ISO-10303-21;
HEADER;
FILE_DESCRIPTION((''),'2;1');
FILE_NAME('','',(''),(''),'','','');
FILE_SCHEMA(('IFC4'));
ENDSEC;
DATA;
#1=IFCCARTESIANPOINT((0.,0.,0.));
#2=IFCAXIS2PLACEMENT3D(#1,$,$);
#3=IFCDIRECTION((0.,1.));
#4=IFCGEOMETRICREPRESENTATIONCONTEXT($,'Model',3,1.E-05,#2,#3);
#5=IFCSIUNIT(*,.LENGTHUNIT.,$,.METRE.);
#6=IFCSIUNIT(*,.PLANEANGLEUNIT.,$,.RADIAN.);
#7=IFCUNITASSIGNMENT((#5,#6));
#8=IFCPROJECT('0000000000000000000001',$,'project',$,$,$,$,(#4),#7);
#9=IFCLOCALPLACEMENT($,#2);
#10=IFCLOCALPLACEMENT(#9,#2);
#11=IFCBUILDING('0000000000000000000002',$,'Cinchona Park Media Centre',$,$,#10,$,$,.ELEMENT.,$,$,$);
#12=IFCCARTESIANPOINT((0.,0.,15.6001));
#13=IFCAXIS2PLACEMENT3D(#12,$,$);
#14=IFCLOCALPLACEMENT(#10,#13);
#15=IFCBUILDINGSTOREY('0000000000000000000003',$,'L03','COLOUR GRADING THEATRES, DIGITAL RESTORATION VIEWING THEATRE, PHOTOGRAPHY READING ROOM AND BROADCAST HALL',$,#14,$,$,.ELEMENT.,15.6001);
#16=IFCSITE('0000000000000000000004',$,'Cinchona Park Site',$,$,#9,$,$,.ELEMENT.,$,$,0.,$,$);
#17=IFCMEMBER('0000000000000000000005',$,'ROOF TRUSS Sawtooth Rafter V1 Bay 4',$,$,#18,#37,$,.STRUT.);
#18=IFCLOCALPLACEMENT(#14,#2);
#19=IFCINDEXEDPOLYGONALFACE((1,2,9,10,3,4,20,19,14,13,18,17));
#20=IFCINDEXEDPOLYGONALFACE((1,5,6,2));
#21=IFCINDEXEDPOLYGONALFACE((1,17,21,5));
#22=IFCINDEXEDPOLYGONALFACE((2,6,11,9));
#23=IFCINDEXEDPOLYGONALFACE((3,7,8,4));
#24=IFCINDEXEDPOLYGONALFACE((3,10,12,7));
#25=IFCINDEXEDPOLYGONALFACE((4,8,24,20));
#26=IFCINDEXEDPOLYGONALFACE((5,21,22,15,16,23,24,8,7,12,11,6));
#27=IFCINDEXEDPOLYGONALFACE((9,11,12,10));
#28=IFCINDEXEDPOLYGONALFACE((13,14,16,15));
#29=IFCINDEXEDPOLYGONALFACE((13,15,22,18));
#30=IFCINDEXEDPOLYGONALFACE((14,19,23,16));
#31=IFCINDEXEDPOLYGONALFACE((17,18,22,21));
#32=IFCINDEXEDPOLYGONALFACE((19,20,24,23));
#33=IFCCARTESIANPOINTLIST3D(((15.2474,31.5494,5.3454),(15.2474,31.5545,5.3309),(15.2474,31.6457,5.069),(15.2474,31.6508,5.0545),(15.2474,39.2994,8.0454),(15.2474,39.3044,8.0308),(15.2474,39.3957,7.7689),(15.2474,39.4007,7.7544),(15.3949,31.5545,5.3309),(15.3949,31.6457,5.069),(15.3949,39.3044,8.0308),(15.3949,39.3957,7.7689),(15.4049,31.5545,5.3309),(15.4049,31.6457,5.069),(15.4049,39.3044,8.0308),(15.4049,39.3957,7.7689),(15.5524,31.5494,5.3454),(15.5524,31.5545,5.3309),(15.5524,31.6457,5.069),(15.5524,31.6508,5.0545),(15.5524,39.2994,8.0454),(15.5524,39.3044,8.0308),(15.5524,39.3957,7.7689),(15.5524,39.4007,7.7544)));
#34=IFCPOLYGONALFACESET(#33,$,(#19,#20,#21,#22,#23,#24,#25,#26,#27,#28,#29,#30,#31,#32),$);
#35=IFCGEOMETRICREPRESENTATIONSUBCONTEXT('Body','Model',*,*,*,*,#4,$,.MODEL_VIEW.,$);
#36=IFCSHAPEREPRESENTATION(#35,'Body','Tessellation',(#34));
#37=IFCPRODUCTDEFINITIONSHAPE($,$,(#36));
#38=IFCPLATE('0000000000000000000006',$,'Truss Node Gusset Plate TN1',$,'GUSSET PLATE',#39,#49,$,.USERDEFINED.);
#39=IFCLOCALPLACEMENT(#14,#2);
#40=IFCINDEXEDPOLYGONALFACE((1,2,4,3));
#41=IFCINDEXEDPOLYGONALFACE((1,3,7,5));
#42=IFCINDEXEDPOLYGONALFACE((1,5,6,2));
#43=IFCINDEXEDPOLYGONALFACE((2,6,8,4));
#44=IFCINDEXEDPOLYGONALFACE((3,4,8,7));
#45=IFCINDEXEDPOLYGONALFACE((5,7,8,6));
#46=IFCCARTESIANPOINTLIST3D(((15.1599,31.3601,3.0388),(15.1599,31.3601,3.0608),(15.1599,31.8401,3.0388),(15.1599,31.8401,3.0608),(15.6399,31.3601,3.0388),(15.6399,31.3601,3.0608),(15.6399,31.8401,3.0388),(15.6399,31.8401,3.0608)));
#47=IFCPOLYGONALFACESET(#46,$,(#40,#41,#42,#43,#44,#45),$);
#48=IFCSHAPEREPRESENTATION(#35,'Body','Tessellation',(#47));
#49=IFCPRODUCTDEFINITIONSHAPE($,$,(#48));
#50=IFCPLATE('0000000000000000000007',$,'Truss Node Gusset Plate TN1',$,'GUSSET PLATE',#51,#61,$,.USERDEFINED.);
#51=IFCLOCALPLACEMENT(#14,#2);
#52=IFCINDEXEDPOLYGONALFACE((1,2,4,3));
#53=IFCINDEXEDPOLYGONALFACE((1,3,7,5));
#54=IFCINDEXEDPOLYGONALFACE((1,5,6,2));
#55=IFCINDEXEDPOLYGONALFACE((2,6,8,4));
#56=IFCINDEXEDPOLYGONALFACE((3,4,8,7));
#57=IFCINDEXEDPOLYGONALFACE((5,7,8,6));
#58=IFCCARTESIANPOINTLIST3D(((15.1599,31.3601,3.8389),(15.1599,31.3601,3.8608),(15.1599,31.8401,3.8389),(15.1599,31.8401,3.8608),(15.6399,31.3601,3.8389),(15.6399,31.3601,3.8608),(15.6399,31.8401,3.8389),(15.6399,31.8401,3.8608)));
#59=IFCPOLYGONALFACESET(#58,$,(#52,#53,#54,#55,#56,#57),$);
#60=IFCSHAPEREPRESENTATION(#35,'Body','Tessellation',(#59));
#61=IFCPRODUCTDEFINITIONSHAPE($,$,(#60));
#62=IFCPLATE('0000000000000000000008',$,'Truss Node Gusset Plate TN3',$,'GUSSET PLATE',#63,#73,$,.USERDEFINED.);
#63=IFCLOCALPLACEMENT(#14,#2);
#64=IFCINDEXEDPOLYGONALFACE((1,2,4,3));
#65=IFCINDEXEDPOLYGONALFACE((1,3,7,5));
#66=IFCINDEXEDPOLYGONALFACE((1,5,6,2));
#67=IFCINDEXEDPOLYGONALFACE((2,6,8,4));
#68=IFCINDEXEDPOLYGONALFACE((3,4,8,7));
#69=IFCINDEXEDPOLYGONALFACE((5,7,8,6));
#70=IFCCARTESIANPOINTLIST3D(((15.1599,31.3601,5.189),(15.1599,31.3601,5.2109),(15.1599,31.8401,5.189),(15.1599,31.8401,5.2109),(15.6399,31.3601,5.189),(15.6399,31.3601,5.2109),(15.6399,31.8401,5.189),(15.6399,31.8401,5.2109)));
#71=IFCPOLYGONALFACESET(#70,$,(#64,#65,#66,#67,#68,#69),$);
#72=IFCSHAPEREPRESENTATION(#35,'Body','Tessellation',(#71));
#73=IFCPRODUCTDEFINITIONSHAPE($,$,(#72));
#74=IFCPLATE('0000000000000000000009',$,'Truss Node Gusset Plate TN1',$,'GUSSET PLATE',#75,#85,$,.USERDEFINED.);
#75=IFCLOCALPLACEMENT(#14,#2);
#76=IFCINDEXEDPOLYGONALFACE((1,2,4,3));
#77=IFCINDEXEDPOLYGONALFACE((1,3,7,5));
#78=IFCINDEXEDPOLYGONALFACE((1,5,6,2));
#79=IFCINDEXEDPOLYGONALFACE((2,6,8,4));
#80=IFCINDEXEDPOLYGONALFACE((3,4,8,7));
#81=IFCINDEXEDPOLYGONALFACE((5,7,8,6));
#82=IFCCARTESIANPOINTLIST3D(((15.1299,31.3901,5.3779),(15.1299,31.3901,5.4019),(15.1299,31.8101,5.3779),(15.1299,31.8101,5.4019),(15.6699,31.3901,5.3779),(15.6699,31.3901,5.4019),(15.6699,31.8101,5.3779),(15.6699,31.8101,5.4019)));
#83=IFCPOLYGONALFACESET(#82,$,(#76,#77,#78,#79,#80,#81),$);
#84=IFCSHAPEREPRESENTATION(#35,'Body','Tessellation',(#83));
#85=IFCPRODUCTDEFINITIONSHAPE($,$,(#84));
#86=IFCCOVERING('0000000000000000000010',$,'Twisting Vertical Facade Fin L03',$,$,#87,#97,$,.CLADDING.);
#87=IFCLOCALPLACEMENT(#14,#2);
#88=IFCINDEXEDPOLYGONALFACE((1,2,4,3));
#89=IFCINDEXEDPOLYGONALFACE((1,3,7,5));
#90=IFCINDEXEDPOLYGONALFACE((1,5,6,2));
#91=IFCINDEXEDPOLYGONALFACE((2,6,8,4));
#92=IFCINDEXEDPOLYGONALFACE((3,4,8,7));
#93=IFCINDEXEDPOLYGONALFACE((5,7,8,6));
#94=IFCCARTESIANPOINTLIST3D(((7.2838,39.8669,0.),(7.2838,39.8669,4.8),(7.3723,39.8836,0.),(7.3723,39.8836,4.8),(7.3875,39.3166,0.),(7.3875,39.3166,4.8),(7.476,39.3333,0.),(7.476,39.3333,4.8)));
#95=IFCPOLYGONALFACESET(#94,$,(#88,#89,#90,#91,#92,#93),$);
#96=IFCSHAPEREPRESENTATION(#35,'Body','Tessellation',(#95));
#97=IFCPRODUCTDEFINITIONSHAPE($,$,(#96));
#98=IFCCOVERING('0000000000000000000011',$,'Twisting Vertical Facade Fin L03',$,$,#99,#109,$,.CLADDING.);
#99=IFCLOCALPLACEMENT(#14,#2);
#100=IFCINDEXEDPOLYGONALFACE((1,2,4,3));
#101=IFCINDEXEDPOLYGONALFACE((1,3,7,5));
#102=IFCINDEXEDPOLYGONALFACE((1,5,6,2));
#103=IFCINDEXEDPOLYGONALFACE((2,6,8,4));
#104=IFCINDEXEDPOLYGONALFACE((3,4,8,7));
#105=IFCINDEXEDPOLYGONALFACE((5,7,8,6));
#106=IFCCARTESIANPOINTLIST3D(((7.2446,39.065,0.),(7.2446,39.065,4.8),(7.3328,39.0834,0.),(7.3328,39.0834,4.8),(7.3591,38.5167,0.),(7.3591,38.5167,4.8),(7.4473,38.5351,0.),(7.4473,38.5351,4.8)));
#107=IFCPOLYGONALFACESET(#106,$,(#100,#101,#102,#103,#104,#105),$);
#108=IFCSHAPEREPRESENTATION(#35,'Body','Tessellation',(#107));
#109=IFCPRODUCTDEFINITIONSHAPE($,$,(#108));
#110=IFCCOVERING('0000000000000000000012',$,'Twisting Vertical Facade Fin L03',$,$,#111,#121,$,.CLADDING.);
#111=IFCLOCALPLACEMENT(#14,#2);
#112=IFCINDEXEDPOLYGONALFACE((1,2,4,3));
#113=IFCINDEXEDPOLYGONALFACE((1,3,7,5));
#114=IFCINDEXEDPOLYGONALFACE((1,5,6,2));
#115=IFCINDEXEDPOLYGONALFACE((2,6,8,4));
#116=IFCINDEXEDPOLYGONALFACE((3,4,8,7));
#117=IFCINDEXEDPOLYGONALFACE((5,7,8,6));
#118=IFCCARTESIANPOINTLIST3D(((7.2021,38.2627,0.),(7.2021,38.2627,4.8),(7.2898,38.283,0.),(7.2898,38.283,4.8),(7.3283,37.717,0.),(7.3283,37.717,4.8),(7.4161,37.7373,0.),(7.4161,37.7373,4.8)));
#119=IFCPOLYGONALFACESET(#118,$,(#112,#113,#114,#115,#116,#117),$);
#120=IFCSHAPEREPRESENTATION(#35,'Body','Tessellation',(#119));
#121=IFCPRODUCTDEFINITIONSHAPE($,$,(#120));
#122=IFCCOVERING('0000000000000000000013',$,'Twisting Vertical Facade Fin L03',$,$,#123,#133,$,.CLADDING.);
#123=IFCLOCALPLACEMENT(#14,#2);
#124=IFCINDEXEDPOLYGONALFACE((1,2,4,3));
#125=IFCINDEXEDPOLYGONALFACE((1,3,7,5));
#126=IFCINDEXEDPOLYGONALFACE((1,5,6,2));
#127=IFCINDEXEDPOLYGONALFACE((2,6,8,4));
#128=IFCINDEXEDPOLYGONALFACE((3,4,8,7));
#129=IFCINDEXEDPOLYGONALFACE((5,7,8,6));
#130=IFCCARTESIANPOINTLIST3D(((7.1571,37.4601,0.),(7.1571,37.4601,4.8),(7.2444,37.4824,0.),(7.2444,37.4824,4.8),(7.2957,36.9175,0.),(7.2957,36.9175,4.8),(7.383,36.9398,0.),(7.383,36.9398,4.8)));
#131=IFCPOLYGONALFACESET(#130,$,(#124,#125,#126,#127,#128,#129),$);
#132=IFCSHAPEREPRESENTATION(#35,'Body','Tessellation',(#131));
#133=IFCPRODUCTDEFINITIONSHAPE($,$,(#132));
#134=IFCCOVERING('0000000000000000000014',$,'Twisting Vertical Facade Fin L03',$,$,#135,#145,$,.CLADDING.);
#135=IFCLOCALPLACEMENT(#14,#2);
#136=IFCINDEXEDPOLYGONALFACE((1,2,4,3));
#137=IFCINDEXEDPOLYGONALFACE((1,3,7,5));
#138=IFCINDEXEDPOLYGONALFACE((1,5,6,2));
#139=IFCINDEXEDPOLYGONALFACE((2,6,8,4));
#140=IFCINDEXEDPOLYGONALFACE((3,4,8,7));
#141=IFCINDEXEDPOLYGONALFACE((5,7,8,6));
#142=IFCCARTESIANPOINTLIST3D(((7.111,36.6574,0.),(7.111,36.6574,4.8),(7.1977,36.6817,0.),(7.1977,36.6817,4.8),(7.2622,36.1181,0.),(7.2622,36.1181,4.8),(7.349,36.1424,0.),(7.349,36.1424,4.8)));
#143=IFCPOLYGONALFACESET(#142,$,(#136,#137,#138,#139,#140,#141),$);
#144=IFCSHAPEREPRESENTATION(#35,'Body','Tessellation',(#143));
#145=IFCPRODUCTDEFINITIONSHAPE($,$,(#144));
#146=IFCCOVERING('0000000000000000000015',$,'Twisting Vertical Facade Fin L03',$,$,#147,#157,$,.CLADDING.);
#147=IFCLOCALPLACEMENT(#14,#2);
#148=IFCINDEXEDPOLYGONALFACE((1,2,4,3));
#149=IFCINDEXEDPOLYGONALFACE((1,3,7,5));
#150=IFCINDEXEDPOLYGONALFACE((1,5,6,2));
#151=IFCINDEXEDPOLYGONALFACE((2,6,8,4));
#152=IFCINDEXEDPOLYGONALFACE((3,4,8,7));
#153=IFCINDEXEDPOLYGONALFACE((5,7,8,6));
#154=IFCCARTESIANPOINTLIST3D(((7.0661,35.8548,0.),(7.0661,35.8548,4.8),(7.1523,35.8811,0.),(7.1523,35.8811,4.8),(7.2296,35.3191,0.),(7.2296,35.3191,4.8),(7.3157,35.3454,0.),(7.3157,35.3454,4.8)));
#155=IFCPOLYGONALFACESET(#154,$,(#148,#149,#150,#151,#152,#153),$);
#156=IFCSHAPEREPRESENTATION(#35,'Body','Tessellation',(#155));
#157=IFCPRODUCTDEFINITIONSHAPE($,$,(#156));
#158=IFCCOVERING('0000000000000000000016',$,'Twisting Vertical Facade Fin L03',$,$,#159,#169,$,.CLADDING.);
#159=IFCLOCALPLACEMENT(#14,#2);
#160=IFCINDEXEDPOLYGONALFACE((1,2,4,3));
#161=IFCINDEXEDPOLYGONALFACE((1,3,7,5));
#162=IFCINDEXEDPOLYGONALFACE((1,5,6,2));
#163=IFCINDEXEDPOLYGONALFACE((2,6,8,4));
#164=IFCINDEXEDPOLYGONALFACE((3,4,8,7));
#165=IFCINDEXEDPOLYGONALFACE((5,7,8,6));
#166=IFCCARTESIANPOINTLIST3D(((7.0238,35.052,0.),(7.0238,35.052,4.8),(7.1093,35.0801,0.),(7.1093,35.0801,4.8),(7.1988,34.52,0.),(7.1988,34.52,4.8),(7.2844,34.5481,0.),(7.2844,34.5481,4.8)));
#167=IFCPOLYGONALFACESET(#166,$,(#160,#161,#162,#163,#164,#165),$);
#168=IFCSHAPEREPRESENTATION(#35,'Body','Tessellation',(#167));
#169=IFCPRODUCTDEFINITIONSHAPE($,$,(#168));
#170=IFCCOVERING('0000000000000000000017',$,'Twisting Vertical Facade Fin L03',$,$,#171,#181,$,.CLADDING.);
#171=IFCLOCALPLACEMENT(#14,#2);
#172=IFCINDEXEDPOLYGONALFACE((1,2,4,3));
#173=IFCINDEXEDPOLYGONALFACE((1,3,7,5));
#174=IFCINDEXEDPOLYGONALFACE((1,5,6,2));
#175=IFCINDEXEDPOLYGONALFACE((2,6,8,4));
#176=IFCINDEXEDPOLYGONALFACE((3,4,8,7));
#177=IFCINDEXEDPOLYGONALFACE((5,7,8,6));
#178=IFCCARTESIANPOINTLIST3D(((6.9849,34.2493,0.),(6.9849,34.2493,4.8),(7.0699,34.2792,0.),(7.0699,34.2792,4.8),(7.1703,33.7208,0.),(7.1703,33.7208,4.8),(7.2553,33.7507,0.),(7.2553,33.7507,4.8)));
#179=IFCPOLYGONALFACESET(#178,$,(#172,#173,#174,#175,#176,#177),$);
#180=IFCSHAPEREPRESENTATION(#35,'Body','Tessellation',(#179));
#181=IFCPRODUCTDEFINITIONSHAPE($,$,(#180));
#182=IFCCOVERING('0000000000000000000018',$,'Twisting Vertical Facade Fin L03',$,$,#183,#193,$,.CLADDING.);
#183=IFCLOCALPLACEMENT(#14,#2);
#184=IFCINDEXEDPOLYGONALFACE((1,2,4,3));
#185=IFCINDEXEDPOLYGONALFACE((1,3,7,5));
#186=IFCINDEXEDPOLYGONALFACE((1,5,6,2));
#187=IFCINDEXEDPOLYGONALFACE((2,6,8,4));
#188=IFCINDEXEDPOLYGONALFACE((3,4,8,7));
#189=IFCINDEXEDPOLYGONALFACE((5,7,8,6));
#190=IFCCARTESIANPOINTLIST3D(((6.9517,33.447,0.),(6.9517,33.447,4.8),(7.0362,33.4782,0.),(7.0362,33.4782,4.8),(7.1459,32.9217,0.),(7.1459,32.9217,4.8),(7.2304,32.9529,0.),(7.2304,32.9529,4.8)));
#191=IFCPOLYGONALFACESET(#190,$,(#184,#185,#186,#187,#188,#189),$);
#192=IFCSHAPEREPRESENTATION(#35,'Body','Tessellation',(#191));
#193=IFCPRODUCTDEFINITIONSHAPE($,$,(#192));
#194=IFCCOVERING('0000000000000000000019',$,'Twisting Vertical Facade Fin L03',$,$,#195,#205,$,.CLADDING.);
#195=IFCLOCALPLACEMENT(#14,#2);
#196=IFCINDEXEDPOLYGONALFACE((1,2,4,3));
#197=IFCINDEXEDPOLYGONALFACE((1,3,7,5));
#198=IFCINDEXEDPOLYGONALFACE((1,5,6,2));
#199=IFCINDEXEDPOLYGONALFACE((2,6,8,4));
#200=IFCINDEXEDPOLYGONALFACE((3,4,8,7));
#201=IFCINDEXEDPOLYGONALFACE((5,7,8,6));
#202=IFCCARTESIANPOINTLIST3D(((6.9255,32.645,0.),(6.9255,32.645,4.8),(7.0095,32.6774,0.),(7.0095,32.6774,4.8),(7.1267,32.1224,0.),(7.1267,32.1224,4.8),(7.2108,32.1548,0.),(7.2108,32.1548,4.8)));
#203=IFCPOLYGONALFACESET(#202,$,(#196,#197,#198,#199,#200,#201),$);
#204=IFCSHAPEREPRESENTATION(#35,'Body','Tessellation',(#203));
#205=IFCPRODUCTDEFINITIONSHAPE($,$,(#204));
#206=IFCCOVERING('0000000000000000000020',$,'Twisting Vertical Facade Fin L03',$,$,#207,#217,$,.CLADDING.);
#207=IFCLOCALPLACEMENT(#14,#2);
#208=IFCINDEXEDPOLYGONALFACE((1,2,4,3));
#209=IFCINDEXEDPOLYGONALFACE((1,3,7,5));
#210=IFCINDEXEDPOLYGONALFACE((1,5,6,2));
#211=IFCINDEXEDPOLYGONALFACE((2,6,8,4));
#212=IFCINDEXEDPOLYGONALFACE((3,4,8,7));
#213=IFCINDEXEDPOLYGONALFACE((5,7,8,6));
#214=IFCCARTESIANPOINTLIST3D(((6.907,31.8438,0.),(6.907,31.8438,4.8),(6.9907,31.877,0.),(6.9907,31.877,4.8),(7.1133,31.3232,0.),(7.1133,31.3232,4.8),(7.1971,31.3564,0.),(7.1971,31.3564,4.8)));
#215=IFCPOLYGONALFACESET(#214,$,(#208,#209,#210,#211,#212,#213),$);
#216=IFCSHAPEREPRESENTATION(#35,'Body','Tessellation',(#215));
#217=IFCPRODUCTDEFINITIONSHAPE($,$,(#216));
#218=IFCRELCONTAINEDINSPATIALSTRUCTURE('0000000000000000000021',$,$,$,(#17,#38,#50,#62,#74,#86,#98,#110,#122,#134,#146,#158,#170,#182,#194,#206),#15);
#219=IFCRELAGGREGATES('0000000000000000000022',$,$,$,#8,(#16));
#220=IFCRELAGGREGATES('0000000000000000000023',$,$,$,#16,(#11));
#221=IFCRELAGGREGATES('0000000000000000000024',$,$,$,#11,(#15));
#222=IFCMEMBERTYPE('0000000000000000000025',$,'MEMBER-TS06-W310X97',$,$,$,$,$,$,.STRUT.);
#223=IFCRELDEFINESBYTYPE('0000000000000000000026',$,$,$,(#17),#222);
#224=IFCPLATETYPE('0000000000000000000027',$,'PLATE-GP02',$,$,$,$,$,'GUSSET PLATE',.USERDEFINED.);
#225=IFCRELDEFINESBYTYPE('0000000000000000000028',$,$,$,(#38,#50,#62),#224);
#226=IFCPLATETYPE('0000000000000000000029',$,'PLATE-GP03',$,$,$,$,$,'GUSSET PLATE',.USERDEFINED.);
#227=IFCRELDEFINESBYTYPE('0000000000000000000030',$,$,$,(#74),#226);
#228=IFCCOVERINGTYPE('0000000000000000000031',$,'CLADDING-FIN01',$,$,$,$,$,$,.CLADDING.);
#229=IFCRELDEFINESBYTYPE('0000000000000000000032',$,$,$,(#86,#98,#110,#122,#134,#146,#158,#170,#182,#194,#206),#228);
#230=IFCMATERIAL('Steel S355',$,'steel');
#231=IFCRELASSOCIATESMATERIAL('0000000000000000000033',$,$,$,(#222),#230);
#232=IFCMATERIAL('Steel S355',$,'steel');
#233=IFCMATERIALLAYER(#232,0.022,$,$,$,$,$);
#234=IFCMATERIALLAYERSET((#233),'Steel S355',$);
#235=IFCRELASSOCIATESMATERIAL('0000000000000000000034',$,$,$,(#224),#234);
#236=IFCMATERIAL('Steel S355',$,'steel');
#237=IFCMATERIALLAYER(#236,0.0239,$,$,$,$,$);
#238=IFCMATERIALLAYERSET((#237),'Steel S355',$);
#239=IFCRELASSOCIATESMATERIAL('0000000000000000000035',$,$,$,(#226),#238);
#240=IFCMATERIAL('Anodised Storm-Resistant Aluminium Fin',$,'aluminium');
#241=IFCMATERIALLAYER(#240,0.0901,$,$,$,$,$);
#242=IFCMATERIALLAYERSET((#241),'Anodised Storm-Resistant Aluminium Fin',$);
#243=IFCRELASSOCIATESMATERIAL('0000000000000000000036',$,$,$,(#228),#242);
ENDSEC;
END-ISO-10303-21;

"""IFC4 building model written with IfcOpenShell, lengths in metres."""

from ifc_helpers import new_model, si_unit, direction, frame, origin, origin_2d, place, context, subcontext, project, spatial, rectangle, i_section, extrude, material, layer, layer_set, material_profile, profile_set, type_object, element, save


model = new_model("IFC4")

# Units and contexts
model_context = context("Model", 3, precision=1e-05, world=origin(), true_north=direction((0.0, 1.0)))
body_context = subcontext(model_context, "Body", "Model", "MODEL_VIEW")
ifc_project = project(units=[si_unit("LENGTHUNIT", "METRE"), si_unit("PLANEANGLEUNIT", "RADIAN")], contexts=[model_context])

# Site, building, storey
site_placement = place(None, origin())
site = spatial("IfcSite", under=ifc_project, at=site_placement, Name="Cinchona Park Site", CompositionType="ELEMENT", RefElevation=0.0)
building_placement = place(site_placement, origin())
building = spatial("IfcBuilding", under=site, at=building_placement, Name="Cinchona Park Media Centre", CompositionType="ELEMENT")
storey_placement = place(building_placement, frame((0.0, 0.0, 15.6001)))
storey = spatial("IfcBuildingStorey", under=building, at=storey_placement, Name="L03", Description="COLOUR GRADING THEATRES, DIGITAL RESTORATION VIEWING THEATRE, PHOTOGRAPHY READING ROOM AND BROADCAST HALL", CompositionType="ELEMENT", Elevation=15.6001)

# Member
ifc_material_1 = material(Name="Steel S355", Category="steel")
ifc_material_profile_1 = material_profile(ifc_material_1, i_section(OverallWidth=0.3049, OverallDepth=0.3081, WebThickness=0.01, FlangeThickness=0.0154, at=origin_2d()), Name="W310X97")
ifc_profile_set_1 = profile_set([ifc_material_profile_1], Name="Steel S355")
member_type_1 = type_object("IfcMemberType", Name="MEMBER-TS06-W310X97", PredefinedType="STRUT", material=ifc_profile_set_1)
member_1_placement = place(storey_placement, frame((15.3999, 31.6001, 5.2), z_axis=(0.0, 0.944334, 0.328988), x_axis=(-1.0, 0.0, 0.0)))
element("IfcMember", 1, at=member_1_placement, inside=storey, type_object=member_type_1, Name="ROOF TRUSS Sawtooth Rafter V1 Bay 4", PredefinedType="STRUT", context=body_context, shape_type="SweptSolid", body=[
    extrude(i_section(OverallWidth=0.3049, OverallDepth=0.3081, WebThickness=0.01, FlangeThickness=0.0154, at=origin_2d()), origin(), (0.0, 0.0, 1.0), 8.2068),
])

# Plates
ifc_material_2 = material(Name="Steel S355", Category="steel")
ifc_layer_1 = layer(ifc_material_2, 0.022)
ifc_layer_set_1 = layer_set([ifc_layer_1], Name="Steel S355")
plate_type_1 = type_object("IfcPlateType", Name="PLATE-GP02", ElementType="GUSSET PLATE", PredefinedType="USERDEFINED", material=ifc_layer_set_1)
for number, where, z_axis, x_axis, name in (
    (2, (15.3999, 31.6001, 3.0388), (0.0, 0.0, 1.0), (1.0, 0.0, 0.0), "Truss Node Gusset Plate TN1"),
    (3, (15.3999, 31.6001, 3.8389), (0.0, 0.0, 1.0), (1.0, 0.0, 0.0), "Truss Node Gusset Plate TN1"),
    (4, (15.3999, 31.6001, 5.189), (0.0, 0.0, 1.0), (1.0, 0.0, 0.0), "Truss Node Gusset Plate TN3"),
):
    element("IfcPlate", number, at=place(storey_placement, frame(where, z_axis=z_axis, x_axis=x_axis)), inside=storey, type_object=plate_type_1, Name=name, ObjectType="GUSSET PLATE", PredefinedType="USERDEFINED", context=body_context, shape_type="SweptSolid", body=[
        extrude(rectangle(XDim=0.48, YDim=0.48, at=origin_2d()), origin(), (0.0, 0.0, 1.0), 0.022),
    ])
ifc_material_3 = material(Name="Steel S355", Category="steel")
ifc_layer_2 = layer(ifc_material_3, 0.0239)
ifc_layer_set_2 = layer_set([ifc_layer_2], Name="Steel S355")
plate_type_2 = type_object("IfcPlateType", Name="PLATE-GP03", ElementType="GUSSET PLATE", PredefinedType="USERDEFINED", material=ifc_layer_set_2)
plate_placement = place(storey_placement, frame((15.3999, 31.6001, 5.3779), z_axis=(0.0, 0.0, 1.0), x_axis=(1.0, 0.0, 0.0)))
element("IfcPlate", 5, at=plate_placement, inside=storey, type_object=plate_type_2, Name="Truss Node Gusset Plate TN1", ObjectType="GUSSET PLATE", PredefinedType="USERDEFINED", context=body_context, shape_type="SweptSolid", body=[
    extrude(rectangle(XDim=0.54, YDim=0.4199, at=origin_2d()), origin(), (0.0, 0.0, 1.0), 0.0239),
])

# Coverings
ifc_material_4 = material(Name="Anodised Storm-Resistant Aluminium Fin", Category="aluminium")
ifc_layer_3 = layer(ifc_material_4, 0.0901)
ifc_layer_set_3 = layer_set([ifc_layer_3], Name="Anodised Storm-Resistant Aluminium Fin")
covering_type = type_object("IfcCoveringType", Name="CLADDING-FIN01", PredefinedType="CLADDING", material=ifc_layer_set_3)
for number, where, z_axis, x_axis, name in (
    (6, (7.3799, 39.6001, 0.0), (0.0, 0.0, 1.0), (0.185152, -0.98271, 0.0), "Twisting Vertical Facade Fin L03"),
    (7, (7.3459, 38.8, 0.0), (0.0, 0.0, 1.0), (0.204325, -0.978903, 0.0), "Twisting Vertical Facade Fin L03"),
    (8, (7.3091, 38.0, 0.0), (0.0, 0.0, 1.0), (0.225461, -0.974252, 0.0), "Twisting Vertical Facade Fin L03"),
    (9, (7.27, 37.2, 0.0), (0.0, 0.0, 1.0), (0.247506, -0.968886, 0.0), "Twisting Vertical Facade Fin L03"),
    (10, (7.23, 36.3999, 0.0), (0.0, 0.0, 1.0), (0.270096, -0.962833, 0.0), "Twisting Vertical Facade Fin L03"),
    (11, (7.1909, 35.6001, 0.0), (0.0, 0.0, 1.0), (0.291871, -0.956458, 0.0), "Twisting Vertical Facade Fin L03"),
    (12, (7.1541, 34.8, 0.0), (0.0, 0.0, 1.0), (0.312501, -0.949918, 0.0), "Twisting Vertical Facade Fin L03"),
    (13, (7.1201, 34.0, 0.0), (0.0, 0.0, 1.0), (0.331009, -0.943628, 0.0), "Twisting Vertical Facade Fin L03"),
    (14, (7.0911, 33.2, 0.0), (0.0, 0.0, 1.0), (0.346772, -0.937949, 0.0), "Twisting Vertical Facade Fin L03"),
    (15, (7.0681, 32.3999, 0.0), (0.0, 0.0, 1.0), (0.359345, -0.933205, 0.0), "Twisting Vertical Facade Fin L03"),
    (16, (7.052, 31.6001, 0.0), (0.0, 0.0, 1.0), (0.368449, -0.929648, 0.0), "Twisting Vertical Facade Fin L03"),
):
    element("IfcCovering", number, at=place(storey_placement, frame(where, z_axis=z_axis, x_axis=x_axis)), inside=storey, type_object=covering_type, Name=name, PredefinedType="CLADDING", context=body_context, shape_type="SweptSolid", body=[
        extrude(rectangle(XDim=0.5601, YDim=0.0901, at=origin_2d()), origin(), (0.0, 0.0, 1.0), 4.8),
    ])

save(model, "model.ifc")
